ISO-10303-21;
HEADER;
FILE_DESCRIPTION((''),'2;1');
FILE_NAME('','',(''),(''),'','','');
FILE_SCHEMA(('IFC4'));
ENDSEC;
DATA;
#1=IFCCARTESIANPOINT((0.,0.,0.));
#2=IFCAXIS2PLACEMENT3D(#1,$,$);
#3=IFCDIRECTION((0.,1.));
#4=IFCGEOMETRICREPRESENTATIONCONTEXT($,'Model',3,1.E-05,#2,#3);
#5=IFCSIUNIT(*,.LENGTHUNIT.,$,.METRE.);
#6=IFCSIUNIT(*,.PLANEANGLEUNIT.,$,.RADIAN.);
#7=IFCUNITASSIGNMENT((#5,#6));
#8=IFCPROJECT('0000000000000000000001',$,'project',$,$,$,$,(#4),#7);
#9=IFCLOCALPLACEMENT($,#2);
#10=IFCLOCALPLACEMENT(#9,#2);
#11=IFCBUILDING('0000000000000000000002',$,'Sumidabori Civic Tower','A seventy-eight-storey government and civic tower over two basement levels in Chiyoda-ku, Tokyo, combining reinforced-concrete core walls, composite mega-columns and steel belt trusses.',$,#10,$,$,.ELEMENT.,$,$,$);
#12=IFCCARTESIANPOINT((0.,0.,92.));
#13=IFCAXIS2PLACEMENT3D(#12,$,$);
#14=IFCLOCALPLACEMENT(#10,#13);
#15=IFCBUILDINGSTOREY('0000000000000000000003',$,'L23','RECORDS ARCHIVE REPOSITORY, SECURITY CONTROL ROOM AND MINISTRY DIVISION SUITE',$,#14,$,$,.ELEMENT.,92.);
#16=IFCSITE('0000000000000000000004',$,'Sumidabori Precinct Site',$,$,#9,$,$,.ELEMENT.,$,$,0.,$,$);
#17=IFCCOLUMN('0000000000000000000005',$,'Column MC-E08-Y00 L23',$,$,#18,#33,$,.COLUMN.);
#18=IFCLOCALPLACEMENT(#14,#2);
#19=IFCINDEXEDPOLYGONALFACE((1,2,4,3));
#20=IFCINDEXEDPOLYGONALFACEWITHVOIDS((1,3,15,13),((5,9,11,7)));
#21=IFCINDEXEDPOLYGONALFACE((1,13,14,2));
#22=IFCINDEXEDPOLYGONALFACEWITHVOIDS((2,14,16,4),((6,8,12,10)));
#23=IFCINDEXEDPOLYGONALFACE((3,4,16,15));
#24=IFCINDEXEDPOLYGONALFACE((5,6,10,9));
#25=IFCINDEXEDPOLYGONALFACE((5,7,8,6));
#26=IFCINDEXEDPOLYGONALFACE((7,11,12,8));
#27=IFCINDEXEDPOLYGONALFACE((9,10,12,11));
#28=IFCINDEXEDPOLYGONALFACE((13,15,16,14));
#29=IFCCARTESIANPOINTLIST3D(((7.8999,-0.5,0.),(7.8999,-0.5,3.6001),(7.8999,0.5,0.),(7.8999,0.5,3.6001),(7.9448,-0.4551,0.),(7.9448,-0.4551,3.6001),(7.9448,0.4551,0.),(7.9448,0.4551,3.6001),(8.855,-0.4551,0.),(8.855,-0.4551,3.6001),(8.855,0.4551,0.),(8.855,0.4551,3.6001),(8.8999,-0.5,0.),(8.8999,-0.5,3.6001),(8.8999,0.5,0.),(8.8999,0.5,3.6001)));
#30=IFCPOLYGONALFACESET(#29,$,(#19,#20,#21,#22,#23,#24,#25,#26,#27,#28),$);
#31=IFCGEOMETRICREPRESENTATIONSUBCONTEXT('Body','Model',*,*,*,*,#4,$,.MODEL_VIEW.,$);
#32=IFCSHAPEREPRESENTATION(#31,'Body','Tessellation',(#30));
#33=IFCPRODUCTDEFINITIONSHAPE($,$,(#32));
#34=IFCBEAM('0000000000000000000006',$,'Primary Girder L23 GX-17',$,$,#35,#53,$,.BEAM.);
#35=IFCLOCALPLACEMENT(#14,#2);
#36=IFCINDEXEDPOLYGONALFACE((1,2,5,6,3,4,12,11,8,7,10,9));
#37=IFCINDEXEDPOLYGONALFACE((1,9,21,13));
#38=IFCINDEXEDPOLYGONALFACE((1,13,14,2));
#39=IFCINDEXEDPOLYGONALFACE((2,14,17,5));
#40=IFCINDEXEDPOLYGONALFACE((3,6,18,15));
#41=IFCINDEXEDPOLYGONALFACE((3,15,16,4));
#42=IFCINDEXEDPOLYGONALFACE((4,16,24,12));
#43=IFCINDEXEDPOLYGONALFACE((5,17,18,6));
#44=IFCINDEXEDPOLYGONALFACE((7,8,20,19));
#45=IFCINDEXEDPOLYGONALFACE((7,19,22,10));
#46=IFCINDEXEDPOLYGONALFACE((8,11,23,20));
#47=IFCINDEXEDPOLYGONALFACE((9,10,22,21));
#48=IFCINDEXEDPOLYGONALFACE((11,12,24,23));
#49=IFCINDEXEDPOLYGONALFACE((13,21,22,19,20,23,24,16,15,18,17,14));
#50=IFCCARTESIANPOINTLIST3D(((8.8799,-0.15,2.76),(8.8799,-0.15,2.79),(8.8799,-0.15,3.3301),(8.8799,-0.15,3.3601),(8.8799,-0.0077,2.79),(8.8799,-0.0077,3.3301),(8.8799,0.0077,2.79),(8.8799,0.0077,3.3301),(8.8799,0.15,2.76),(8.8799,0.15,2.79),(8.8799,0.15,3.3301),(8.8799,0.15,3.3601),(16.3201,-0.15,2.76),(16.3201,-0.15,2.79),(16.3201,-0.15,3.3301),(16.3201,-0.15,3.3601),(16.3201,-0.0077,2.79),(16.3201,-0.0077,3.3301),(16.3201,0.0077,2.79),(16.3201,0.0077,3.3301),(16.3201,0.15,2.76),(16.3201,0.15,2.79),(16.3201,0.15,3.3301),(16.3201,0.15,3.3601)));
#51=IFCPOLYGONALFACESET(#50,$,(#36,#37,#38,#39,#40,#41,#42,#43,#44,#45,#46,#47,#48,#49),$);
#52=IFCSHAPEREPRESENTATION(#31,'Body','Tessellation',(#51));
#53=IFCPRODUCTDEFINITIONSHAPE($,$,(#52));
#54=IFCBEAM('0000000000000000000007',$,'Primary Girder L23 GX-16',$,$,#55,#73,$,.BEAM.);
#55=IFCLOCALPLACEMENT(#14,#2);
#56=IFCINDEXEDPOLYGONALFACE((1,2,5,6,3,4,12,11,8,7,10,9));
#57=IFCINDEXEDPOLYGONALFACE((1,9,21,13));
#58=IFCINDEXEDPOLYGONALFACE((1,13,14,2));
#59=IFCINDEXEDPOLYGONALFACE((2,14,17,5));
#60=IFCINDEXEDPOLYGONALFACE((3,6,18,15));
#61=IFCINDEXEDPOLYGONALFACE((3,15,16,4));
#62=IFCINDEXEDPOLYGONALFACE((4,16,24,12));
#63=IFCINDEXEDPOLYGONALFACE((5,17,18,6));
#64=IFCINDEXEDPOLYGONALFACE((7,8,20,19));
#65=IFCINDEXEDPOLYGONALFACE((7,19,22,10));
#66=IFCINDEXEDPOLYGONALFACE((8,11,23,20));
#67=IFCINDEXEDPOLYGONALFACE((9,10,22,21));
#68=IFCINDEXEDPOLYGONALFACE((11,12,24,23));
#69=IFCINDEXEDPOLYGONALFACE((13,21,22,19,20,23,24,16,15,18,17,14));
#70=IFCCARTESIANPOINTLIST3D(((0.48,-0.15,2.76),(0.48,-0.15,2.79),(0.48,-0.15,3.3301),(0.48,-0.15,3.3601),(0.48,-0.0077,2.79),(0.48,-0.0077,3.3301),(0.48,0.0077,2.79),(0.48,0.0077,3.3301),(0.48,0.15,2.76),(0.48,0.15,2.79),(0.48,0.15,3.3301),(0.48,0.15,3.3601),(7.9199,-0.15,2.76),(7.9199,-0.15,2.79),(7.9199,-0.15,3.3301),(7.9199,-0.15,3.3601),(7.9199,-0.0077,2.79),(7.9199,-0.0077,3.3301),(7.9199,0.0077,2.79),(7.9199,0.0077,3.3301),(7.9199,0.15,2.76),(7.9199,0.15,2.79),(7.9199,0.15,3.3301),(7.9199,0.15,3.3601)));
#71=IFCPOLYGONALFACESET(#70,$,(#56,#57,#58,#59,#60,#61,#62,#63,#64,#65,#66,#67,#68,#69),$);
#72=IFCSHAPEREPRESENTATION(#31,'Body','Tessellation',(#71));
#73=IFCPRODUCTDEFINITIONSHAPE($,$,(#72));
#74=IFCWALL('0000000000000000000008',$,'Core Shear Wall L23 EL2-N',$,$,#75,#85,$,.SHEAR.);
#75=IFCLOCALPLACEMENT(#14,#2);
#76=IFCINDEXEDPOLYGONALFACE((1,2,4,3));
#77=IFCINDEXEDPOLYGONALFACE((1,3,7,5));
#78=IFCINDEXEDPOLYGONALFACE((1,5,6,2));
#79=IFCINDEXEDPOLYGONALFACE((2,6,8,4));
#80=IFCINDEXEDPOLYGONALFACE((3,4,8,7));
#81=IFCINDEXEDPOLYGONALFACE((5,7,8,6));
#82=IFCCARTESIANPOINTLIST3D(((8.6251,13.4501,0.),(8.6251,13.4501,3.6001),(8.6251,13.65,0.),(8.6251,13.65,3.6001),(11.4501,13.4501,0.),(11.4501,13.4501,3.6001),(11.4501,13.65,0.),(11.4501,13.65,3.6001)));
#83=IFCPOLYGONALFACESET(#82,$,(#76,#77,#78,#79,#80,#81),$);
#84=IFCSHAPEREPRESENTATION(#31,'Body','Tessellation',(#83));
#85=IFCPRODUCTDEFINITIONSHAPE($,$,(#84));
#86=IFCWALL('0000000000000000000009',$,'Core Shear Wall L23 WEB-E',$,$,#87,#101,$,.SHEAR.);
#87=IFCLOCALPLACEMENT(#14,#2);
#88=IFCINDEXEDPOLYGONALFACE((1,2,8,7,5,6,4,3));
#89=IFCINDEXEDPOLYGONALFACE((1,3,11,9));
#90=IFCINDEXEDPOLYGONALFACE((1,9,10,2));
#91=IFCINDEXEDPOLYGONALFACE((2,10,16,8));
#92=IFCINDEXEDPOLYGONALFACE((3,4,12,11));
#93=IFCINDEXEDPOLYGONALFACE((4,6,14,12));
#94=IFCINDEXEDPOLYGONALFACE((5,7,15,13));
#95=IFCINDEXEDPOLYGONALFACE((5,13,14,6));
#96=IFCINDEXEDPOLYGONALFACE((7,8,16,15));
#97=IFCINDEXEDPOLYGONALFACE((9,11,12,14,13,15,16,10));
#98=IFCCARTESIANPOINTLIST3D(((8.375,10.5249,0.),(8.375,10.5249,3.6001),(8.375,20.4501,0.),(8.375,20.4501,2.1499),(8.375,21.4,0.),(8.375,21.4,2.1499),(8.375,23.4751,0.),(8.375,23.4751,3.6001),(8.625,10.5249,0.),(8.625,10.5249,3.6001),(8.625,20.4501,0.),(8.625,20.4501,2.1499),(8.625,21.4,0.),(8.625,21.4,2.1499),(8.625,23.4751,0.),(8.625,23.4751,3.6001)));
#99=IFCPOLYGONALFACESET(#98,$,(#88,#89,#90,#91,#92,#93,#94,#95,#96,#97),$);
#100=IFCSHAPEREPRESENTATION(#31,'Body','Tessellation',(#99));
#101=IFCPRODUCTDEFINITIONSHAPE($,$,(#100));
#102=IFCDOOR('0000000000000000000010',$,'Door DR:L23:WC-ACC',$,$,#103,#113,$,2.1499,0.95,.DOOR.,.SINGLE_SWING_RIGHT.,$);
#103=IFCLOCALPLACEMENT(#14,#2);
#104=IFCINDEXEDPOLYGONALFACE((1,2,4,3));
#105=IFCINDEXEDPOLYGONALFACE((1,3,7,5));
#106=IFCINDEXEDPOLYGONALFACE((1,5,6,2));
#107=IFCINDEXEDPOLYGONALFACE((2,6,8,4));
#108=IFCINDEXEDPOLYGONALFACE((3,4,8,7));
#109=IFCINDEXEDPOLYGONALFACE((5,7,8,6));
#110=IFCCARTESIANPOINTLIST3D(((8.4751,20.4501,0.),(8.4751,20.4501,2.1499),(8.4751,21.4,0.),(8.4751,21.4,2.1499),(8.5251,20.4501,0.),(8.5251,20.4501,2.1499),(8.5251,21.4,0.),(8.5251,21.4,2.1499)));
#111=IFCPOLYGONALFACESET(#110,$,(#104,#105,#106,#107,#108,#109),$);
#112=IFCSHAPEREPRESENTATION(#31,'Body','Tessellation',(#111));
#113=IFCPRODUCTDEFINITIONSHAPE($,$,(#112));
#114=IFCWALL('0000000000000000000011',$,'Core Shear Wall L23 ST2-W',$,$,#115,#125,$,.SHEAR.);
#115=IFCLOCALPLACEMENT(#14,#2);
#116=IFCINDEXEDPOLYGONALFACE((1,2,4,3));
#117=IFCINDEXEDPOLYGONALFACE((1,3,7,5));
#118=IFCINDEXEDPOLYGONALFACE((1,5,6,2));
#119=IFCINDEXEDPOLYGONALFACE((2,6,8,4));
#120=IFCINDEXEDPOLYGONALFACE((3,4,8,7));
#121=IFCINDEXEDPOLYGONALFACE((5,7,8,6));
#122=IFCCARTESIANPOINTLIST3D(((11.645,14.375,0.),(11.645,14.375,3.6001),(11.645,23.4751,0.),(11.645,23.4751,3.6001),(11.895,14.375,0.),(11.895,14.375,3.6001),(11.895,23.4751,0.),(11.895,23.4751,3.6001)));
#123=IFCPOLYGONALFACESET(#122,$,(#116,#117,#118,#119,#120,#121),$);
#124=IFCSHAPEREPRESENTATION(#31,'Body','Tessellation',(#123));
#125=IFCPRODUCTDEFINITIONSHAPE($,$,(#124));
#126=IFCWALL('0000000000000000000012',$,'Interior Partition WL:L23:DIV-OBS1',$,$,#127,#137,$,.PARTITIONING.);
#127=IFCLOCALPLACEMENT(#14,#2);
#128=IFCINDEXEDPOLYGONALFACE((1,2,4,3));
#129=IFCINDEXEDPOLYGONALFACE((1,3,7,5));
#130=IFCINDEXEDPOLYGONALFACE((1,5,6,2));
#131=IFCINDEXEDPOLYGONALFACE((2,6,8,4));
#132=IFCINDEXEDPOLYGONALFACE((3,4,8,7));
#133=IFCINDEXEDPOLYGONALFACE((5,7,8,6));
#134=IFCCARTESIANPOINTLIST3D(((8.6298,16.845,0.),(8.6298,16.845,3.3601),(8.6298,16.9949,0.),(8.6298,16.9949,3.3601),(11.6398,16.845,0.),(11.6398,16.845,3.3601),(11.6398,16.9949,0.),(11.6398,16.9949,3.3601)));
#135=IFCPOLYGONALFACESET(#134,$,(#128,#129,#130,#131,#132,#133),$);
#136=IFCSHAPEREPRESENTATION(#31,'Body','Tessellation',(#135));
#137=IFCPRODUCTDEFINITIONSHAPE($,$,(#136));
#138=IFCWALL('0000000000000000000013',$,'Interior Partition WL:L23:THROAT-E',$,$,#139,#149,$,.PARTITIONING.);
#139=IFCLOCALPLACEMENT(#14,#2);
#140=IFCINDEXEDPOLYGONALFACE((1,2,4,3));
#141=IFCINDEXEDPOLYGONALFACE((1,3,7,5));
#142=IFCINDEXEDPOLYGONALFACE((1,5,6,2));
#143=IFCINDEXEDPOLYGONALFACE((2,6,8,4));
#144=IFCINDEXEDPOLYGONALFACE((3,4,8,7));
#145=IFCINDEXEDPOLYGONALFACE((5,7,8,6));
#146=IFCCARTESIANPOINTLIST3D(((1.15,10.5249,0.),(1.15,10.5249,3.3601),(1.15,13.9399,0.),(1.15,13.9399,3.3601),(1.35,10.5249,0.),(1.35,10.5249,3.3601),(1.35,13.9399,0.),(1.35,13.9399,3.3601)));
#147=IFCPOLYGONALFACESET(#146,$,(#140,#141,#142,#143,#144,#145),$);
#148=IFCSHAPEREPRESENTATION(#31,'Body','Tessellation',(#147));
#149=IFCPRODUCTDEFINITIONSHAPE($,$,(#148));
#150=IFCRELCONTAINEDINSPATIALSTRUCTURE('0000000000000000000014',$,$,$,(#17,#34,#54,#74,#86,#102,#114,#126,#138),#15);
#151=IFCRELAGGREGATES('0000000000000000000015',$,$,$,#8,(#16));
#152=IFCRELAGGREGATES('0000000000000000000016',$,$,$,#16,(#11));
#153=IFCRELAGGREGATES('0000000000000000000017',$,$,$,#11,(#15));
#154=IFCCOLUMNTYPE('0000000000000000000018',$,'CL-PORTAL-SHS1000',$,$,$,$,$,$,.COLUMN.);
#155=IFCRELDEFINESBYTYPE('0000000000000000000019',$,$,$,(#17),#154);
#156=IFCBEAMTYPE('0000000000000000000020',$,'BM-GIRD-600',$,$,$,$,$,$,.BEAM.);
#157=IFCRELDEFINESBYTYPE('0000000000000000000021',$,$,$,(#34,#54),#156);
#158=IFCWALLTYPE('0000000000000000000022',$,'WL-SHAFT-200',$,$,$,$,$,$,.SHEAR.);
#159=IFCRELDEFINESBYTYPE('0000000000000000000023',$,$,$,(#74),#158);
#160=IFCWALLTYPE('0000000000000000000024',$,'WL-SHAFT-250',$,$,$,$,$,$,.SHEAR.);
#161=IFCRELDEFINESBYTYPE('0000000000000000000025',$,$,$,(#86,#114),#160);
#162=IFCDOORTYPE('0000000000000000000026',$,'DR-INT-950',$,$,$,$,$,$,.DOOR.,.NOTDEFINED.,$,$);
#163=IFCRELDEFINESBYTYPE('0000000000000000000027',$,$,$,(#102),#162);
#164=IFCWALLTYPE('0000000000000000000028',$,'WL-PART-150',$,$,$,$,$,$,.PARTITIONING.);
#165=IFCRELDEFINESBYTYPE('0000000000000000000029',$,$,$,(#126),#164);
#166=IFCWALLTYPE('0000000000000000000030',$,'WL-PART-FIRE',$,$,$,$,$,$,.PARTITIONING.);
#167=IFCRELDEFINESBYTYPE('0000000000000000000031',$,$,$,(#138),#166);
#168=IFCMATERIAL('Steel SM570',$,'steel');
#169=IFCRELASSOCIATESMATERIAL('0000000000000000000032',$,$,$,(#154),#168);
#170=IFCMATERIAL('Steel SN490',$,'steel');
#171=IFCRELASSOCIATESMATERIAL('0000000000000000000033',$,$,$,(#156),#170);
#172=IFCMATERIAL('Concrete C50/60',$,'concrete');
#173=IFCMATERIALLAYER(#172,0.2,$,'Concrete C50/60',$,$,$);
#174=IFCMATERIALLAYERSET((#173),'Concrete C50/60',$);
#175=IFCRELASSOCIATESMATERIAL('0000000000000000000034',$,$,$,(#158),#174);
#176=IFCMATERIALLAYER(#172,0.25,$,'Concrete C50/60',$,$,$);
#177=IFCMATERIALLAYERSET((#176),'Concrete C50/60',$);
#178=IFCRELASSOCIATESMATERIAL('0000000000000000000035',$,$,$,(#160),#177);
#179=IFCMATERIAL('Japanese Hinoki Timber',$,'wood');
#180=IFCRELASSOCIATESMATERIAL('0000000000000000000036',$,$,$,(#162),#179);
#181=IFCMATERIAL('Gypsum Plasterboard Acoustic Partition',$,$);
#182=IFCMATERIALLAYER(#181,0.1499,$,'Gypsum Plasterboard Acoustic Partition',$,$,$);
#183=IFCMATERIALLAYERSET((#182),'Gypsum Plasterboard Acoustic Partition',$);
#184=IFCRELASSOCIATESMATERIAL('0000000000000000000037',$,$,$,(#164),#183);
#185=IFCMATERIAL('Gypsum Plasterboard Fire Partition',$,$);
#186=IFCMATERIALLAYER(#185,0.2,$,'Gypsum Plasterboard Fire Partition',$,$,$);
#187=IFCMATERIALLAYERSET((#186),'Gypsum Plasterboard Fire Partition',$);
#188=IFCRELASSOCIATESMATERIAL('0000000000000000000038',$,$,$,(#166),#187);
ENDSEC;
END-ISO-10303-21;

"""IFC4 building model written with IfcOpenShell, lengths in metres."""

from ifc_helpers import new_model, si_unit, direction, frame, frame_2d, origin, origin_2d, place, context, subcontext, project, spatial, rectangle, hollow_rectangle, i_section, extrude, source, transform, mapped, material, layer, layer_set, material_profile, profile_set, type_object, element, fill, save


model = new_model("IFC4")

# Units and contexts
model_context = context("Model", 3, precision=1e-05, world=origin(), true_north=direction((0.0, 1.0)))
body_context = subcontext(model_context, "Body", "Model", "MODEL_VIEW")
ifc_project = project(units=[si_unit("LENGTHUNIT", "METRE"), si_unit("PLANEANGLEUNIT", "RADIAN")], contexts=[model_context])

# Site, building, storey
site_placement = place(None, origin())
site = spatial("IfcSite", under=ifc_project, at=site_placement, Name="Sumidabori Precinct Site", CompositionType="ELEMENT", RefElevation=0.0)
building_placement = place(site_placement, origin())
building = spatial("IfcBuilding", under=site, at=building_placement, Name="Sumidabori Civic Tower", Description="A seventy-eight-storey government and civic tower over two basement levels in Chiyoda-ku, Tokyo, combining reinforced-concrete core walls, composite mega-columns and steel belt trusses.", CompositionType="ELEMENT")
storey_placement = place(building_placement, frame((0.0, 0.0, 92.0)))
storey = spatial("IfcBuildingStorey", under=building, at=storey_placement, Name="L23", Description="RECORDS ARCHIVE REPOSITORY, SECURITY CONTROL ROOM AND MINISTRY DIVISION SUITE", CompositionType="ELEMENT", Elevation=92.0)

# Column
ifc_material_1 = material(Name="Steel SM570", Category="steel")
ifc_material_profile_1 = material_profile(ifc_material_1, hollow_rectangle(XDim=1.0, YDim=1.0, WallThickness=0.0449, at=origin_2d()), Name="SHS 1000x1000x45")
ifc_profile_set_1 = profile_set([ifc_material_profile_1], Name="Steel SM570")
column_type = type_object("IfcColumnType", Name="CL-PORTAL-SHS1000", PredefinedType="COLUMN", material=ifc_profile_set_1)
shared_shape_1 = source(origin(), body_context, "Body", "SweptSolid", [
    extrude(hollow_rectangle(XDim=1.0, YDim=1.0, WallThickness=0.0449, at=origin_2d()), origin(), (0.0, 0.0, 1.0), 3.6001),
])
column_placement = place(storey_placement, frame((8.3999, 0.0, 0.0), z_axis=(0.0, 0.0, 1.0), x_axis=(1.0, 0.0, 0.0)))
element("IfcColumn", 1, at=column_placement, inside=storey, type_object=column_type, Name="Column MC-E08-Y00 L23", PredefinedType="COLUMN", context=body_context, shape_type="MappedRepresentation", body=[
    mapped(shared_shape_1, transform((0.0, 0.0, 0.0), x_axis=(1.0, 0.0, 0.0), y_axis=(0.0, 1.0, 0.0), z_axis=(0.0, 0.0, 1.0), scale=1.0)),
])

# Beams
ifc_material_2 = material(Name="Steel SN490", Category="steel")
ifc_material_profile_2 = material_profile(ifc_material_2, i_section(OverallWidth=0.3, OverallDepth=0.6001, WebThickness=0.0154, FlangeThickness=0.03, at=origin_2d()), Name="HE 600 B")
ifc_profile_set_2 = profile_set([ifc_material_profile_2], Name="Steel SN490")
beam_type = type_object("IfcBeamType", Name="BM-GIRD-600", PredefinedType="BEAM", material=ifc_profile_set_2)
shared_shape_2 = source(origin(), body_context, "Body", "SweptSolid", [
    extrude(i_section(OverallWidth=0.3, OverallDepth=0.6001, WebThickness=0.0154, FlangeThickness=0.03, at=origin_2d()), origin(), (0.0, 0.0, 1.0), 7.4402),
])
beam_1_placement = place(storey_placement, frame((8.8799, 0.0, 3.0601), z_axis=(1.0, 0.0, 0.0), x_axis=(0.0, 1.0, 0.0)))
element("IfcBeam", 2, at=beam_1_placement, inside=storey, type_object=beam_type, Name="Primary Girder L23 GX-17", PredefinedType="BEAM", context=body_context, shape_type="MappedRepresentation", body=[
    mapped(shared_shape_2, transform((0.0, 0.0, 0.0), x_axis=(1.0, 0.0, 0.0), y_axis=(0.0, 1.0, 0.0), z_axis=(0.0, 0.0, 1.0), scale=1.0)),
])
shared_shape_3 = source(origin(), body_context, "Body", "SweptSolid", [
    extrude(i_section(OverallWidth=0.3, OverallDepth=0.6001, WebThickness=0.0154, FlangeThickness=0.03, at=origin_2d()), origin(), (0.0, 0.0, 1.0), 7.4399),
])
beam_2_placement = place(storey_placement, frame((0.48, 0.0, 3.0601), z_axis=(1.0, 0.0, 0.0), x_axis=(0.0, 1.0, 0.0)))
element("IfcBeam", 3, at=beam_2_placement, inside=storey, type_object=beam_type, Name="Primary Girder L23 GX-16", PredefinedType="BEAM", context=body_context, shape_type="MappedRepresentation", body=[
    mapped(shared_shape_3, transform((0.0, 0.0, 0.0), x_axis=(1.0, 0.0, 0.0), y_axis=(0.0, 1.0, 0.0), z_axis=(0.0, 0.0, 1.0), scale=1.0)),
])

# Wall
ifc_material_3 = material(Name="Concrete C50/60", Category="concrete")
ifc_layer_1 = layer(ifc_material_3, 0.2, Name="Concrete C50/60")
ifc_layer_set_1 = layer_set([ifc_layer_1], Name="Concrete C50/60")
wall_type_1 = type_object("IfcWallType", Name="WL-SHAFT-200", PredefinedType="SHEAR", material=ifc_layer_set_1)
shared_shape_4 = source(origin(), body_context, "Body", "SweptSolid", [
    extrude(rectangle(XDim=2.825, YDim=0.2, at=frame_2d((1.4126, 0.0))), origin(), (0.0, 0.0, 1.0), 3.6001),
])
wall_1_placement = place(storey_placement, frame((8.625, 13.55, 0.0), z_axis=(0.0, 0.0, 1.0), x_axis=(1.0, 0.0, 0.0)))
element("IfcWall", 4, at=wall_1_placement, inside=storey, type_object=wall_type_1, Name="Core Shear Wall L23 EL2-N", PredefinedType="SHEAR", context=body_context, shape_type="MappedRepresentation", body=[
    mapped(shared_shape_4, transform((0.0, 0.0, 0.0), x_axis=(1.0, 0.0, 0.0), y_axis=(0.0, 1.0, 0.0), z_axis=(0.0, 0.0, 1.0), scale=1.0)),
])

# Wall, opening, door
ifc_layer_2 = layer(ifc_material_3, 0.25, Name="Concrete C50/60")
ifc_layer_set_2 = layer_set([ifc_layer_2], Name="Concrete C50/60")
wall_type_2 = type_object("IfcWallType", Name="WL-SHAFT-250", PredefinedType="SHEAR", material=ifc_layer_set_2)
shared_shape_5 = source(origin(), body_context, "Body", "SweptSolid", [
    extrude(rectangle(XDim=12.9502, YDim=0.25, at=frame_2d((6.4751, 0.0))), origin(), (0.0, 0.0, 1.0), 3.6001),
])
wall_2_placement = place(storey_placement, frame((8.5, 10.5249, 0.0), z_axis=(0.0, 0.0, 1.0), x_axis=(0.0, 1.0, 0.0)))
wall_2 = element("IfcWall", 5, at=wall_2_placement, inside=storey, type_object=wall_type_2, Name="Core Shear Wall L23 WEB-E", PredefinedType="SHEAR", context=body_context, shape_type="MappedRepresentation", body=[
    mapped(shared_shape_5, transform((0.0, 0.0, 0.0), x_axis=(1.0, 0.0, 0.0), y_axis=(0.0, 1.0, 0.0), z_axis=(0.0, 0.0, 1.0), scale=1.0)),
])
opening_1_placement = place(wall_2_placement, frame((9.925, 0.0, 0.0)))
opening_1 = element("IfcOpeningElement", 6, at=opening_1_placement, cuts=wall_2, PredefinedType="OPENING", context=body_context, shape_type="SweptSolid", body=[
    extrude(rectangle(XDim=0.95, YDim=2.1499, at=frame_2d((0.4751, 1.075))), frame((0.0, 0.137, 0.0), z_axis=(0.0, -1.0, 0.0), x_axis=(1.0, 0.0, 0.0)), (0.0, 0.0, 1.0), 0.2739),
])
ifc_material_4 = material(Name="Japanese Hinoki Timber", Category="wood")
door_type_1 = type_object("IfcDoorType", Name="DR-INT-950", OperationType="NOTDEFINED", PredefinedType="DOOR", material=ifc_material_4)
shared_shape_6 = source(origin(), body_context, "Body", "SweptSolid", [
    extrude(rectangle(XDim=0.95, YDim=2.1499, at=frame_2d((0.4751, 1.075))), frame((0.0, 0.0249, 0.0), z_axis=(0.0, -1.0, 0.0), x_axis=(1.0, 0.0, 0.0)), (0.0, 0.0, 1.0), 0.05),
])
door_1_placement = place(opening_1_placement, origin())
door_1 = element("IfcDoor", 7, at=door_1_placement, inside=storey, type_object=door_type_1, Name="Door DR:L23:WC-ACC", OperationType="SINGLE_SWING_RIGHT", OverallHeight=2.1499, OverallWidth=0.95, PredefinedType="DOOR", context=body_context, shape_type="MappedRepresentation", body=[
    mapped(shared_shape_6, transform((0.0, 0.0, 0.0), x_axis=(1.0, 0.0, 0.0), y_axis=(0.0, 1.0, 0.0), z_axis=(0.0, 0.0, 1.0), scale=1.0)),
])
fill(opening_1, door_1)

# Wall
shared_shape_7 = source(origin(), body_context, "Body", "SweptSolid", [
    extrude(rectangle(XDim=9.1001, YDim=0.25, at=frame_2d((4.55, 0.0))), origin(), (0.0, 0.0, 1.0), 3.6001),
])
wall_3_placement = place(storey_placement, frame((11.77, 14.375, 0.0), z_axis=(0.0, 0.0, 1.0), x_axis=(0.0, 1.0, 0.0)))
element("IfcWall", 8, at=wall_3_placement, inside=storey, type_object=wall_type_2, Name="Core Shear Wall L23 ST2-W", PredefinedType="SHEAR", context=body_context, shape_type="MappedRepresentation", body=[
    mapped(shared_shape_7, transform((0.0, 0.0, 0.0), x_axis=(1.0, 0.0, 0.0), y_axis=(0.0, 1.0, 0.0), z_axis=(0.0, 0.0, 1.0), scale=1.0)),
])

# Wall
ifc_material_5 = material(Name="Gypsum Plasterboard Acoustic Partition")
ifc_layer_3 = layer(ifc_material_5, 0.1499, Name="Gypsum Plasterboard Acoustic Partition")
ifc_layer_set_3 = layer_set([ifc_layer_3], Name="Gypsum Plasterboard Acoustic Partition")
wall_type_3 = type_object("IfcWallType", Name="WL-PART-150", PredefinedType="PARTITIONING", material=ifc_layer_set_3)
shared_shape_8 = source(origin(), body_context, "Body", "SweptSolid", [
    extrude(rectangle(XDim=3.01, YDim=0.1499, at=frame_2d((1.5049, 0.0))), origin(), (0.0, 0.0, 1.0), 3.3601),
])
wall_4_placement = place(storey_placement, frame((8.6299, 16.9199, 0.0), z_axis=(0.0, 0.0, 1.0), x_axis=(1.0, 0.0, 0.0)))
element("IfcWall", 9, at=wall_4_placement, inside=storey, type_object=wall_type_3, Name="Interior Partition WL:L23:DIV-OBS1", PredefinedType="PARTITIONING", context=body_context, shape_type="MappedRepresentation", body=[
    mapped(shared_shape_8, transform((0.0, 0.0, 0.0), x_axis=(1.0, 0.0, 0.0), y_axis=(0.0, 1.0, 0.0), z_axis=(0.0, 0.0, 1.0), scale=1.0)),
])

# Shared definitions
ifc_material_6 = material(Name="Gypsum Plasterboard Fire Partition")
ifc_layer_4 = layer(ifc_material_6, 0.2, Name="Gypsum Plasterboard Fire Partition")
ifc_layer_set_4 = layer_set([ifc_layer_4], Name="Gypsum Plasterboard Fire Partition")
wall_type_4 = type_object("IfcWallType", Name="WL-PART-FIRE", PredefinedType="PARTITIONING", material=ifc_layer_set_4)

# Wall
shared_shape_9 = source(origin(), body_context, "Body", "SweptSolid", [
    extrude(rectangle(XDim=3.415, YDim=0.2, at=frame_2d((1.7075, 0.0))), origin(), (0.0, 0.0, 1.0), 3.3601),
])
wall_5_placement = place(storey_placement, frame((1.25, 10.5249, 0.0), z_axis=(0.0, 0.0, 1.0), x_axis=(0.0, 1.0, 0.0)))
element("IfcWall", 10, at=wall_5_placement, inside=storey, type_object=wall_type_4, Name="Interior Partition WL:L23:THROAT-E", PredefinedType="PARTITIONING", context=body_context, shape_type="MappedRepresentation", body=[
    mapped(shared_shape_9, transform((0.0, 0.0, 0.0), x_axis=(1.0, 0.0, 0.0), y_axis=(0.0, 1.0, 0.0), z_axis=(0.0, 0.0, 1.0), scale=1.0)),
])

save(model, "model.ifc")
